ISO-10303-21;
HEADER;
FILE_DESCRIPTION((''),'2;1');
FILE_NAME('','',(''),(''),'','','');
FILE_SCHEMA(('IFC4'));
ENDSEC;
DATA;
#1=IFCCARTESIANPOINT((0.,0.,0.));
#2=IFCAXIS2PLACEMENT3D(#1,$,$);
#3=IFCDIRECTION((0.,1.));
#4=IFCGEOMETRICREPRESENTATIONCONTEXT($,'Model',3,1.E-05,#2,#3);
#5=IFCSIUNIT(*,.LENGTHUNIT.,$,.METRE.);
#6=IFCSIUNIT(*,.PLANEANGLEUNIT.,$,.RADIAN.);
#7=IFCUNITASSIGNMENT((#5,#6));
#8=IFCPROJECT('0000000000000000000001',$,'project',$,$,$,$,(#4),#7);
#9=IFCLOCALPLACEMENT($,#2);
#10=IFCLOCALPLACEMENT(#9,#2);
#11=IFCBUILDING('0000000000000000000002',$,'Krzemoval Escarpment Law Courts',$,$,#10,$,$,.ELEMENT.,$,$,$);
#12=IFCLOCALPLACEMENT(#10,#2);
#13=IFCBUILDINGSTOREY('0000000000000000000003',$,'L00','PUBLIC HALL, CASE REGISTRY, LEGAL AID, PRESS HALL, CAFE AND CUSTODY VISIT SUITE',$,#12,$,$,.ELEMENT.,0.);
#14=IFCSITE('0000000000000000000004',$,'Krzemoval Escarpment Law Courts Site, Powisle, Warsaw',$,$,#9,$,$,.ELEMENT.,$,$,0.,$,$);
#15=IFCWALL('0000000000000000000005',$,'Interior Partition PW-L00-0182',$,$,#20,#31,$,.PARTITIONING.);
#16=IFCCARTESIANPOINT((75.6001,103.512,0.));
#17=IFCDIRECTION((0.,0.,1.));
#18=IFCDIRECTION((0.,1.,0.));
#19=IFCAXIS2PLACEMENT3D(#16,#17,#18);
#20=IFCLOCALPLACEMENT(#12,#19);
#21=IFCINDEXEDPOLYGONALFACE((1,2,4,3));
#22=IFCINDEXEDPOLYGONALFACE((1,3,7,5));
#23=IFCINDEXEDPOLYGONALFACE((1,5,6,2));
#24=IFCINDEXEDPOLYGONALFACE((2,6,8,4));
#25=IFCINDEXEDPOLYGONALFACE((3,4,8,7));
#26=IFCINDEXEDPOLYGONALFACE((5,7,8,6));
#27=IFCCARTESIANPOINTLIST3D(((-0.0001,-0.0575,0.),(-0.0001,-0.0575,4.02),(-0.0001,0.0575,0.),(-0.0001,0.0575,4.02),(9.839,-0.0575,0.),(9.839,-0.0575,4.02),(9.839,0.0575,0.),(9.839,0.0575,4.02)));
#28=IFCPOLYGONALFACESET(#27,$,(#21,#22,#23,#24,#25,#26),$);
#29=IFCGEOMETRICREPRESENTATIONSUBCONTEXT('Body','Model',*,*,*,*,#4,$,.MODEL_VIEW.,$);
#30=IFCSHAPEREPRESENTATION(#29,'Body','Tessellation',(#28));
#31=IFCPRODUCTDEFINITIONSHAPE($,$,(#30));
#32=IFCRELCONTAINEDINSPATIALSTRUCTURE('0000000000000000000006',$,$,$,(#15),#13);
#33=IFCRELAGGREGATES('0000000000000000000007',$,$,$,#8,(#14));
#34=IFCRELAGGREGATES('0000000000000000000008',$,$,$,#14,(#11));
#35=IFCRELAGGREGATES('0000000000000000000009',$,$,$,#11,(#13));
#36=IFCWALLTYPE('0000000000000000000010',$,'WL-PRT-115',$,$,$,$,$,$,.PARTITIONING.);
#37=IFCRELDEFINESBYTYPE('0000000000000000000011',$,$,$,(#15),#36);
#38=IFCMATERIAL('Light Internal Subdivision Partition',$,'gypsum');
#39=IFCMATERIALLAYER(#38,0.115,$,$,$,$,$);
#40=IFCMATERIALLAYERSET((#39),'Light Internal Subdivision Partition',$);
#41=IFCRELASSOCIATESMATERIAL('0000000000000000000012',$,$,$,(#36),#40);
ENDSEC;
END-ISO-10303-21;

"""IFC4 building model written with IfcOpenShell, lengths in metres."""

from ifc_helpers import new_model, si_unit, direction, frame, frame_2d, origin, place, context, subcontext, project, spatial, rectangle, extrude, material, layer, layer_set, type_object, element, save


model = new_model("IFC4")

# Units and contexts
model_context = context("Model", 3, precision=1e-05, world=origin(), true_north=direction((0.0, 1.0)))
body_context = subcontext(model_context, "Body", "Model", "MODEL_VIEW")
ifc_project = project(units=[si_unit("LENGTHUNIT", "METRE"), si_unit("PLANEANGLEUNIT", "RADIAN")], contexts=[model_context])

# Site, building, storey
site_placement = place(None, origin())
site = spatial("IfcSite", under=ifc_project, at=site_placement, Name="Krzemoval Escarpment Law Courts Site, Powisle, Warsaw", CompositionType="ELEMENT", RefElevation=0.0)
building_placement = place(site_placement, origin())
building = spatial("IfcBuilding", under=site, at=building_placement, Name="Krzemoval Escarpment Law Courts", CompositionType="ELEMENT")
storey_placement = place(building_placement, origin())
storey = spatial("IfcBuildingStorey", under=building, at=storey_placement, Name="L00", Description="PUBLIC HALL, CASE REGISTRY, LEGAL AID, PRESS HALL, CAFE AND CUSTODY VISIT SUITE", CompositionType="ELEMENT", Elevation=0.0)

# Wall
ifc_material_1 = material(Name="Light Internal Subdivision Partition", Category="gypsum")
ifc_layer_1 = layer(ifc_material_1, 0.115)
ifc_layer_set_1 = layer_set([ifc_layer_1], Name="Light Internal Subdivision Partition")
wall_type_1 = type_object("IfcWallType", Name="WL-PRT-115", PredefinedType="PARTITIONING", material=ifc_layer_set_1)
wall_1_placement = place(storey_placement, frame((75.6001, 103.512, 0.0), z_axis=(0.0, 0.0, 1.0), x_axis=(0.0, 1.0, 0.0)))
element("IfcWall", 1, at=wall_1_placement, inside=storey, type_object=wall_type_1, Name="Interior Partition PW-L00-0182", PredefinedType="PARTITIONING", context=body_context, shape_type="SweptSolid", body=[
    extrude(rectangle(XDim=9.8391, YDim=0.115, at=frame_2d((4.9194, 0.0))), origin(), (0.0, 0.0, 1.0), 4.02),
])

save(model, "model.ifc")
